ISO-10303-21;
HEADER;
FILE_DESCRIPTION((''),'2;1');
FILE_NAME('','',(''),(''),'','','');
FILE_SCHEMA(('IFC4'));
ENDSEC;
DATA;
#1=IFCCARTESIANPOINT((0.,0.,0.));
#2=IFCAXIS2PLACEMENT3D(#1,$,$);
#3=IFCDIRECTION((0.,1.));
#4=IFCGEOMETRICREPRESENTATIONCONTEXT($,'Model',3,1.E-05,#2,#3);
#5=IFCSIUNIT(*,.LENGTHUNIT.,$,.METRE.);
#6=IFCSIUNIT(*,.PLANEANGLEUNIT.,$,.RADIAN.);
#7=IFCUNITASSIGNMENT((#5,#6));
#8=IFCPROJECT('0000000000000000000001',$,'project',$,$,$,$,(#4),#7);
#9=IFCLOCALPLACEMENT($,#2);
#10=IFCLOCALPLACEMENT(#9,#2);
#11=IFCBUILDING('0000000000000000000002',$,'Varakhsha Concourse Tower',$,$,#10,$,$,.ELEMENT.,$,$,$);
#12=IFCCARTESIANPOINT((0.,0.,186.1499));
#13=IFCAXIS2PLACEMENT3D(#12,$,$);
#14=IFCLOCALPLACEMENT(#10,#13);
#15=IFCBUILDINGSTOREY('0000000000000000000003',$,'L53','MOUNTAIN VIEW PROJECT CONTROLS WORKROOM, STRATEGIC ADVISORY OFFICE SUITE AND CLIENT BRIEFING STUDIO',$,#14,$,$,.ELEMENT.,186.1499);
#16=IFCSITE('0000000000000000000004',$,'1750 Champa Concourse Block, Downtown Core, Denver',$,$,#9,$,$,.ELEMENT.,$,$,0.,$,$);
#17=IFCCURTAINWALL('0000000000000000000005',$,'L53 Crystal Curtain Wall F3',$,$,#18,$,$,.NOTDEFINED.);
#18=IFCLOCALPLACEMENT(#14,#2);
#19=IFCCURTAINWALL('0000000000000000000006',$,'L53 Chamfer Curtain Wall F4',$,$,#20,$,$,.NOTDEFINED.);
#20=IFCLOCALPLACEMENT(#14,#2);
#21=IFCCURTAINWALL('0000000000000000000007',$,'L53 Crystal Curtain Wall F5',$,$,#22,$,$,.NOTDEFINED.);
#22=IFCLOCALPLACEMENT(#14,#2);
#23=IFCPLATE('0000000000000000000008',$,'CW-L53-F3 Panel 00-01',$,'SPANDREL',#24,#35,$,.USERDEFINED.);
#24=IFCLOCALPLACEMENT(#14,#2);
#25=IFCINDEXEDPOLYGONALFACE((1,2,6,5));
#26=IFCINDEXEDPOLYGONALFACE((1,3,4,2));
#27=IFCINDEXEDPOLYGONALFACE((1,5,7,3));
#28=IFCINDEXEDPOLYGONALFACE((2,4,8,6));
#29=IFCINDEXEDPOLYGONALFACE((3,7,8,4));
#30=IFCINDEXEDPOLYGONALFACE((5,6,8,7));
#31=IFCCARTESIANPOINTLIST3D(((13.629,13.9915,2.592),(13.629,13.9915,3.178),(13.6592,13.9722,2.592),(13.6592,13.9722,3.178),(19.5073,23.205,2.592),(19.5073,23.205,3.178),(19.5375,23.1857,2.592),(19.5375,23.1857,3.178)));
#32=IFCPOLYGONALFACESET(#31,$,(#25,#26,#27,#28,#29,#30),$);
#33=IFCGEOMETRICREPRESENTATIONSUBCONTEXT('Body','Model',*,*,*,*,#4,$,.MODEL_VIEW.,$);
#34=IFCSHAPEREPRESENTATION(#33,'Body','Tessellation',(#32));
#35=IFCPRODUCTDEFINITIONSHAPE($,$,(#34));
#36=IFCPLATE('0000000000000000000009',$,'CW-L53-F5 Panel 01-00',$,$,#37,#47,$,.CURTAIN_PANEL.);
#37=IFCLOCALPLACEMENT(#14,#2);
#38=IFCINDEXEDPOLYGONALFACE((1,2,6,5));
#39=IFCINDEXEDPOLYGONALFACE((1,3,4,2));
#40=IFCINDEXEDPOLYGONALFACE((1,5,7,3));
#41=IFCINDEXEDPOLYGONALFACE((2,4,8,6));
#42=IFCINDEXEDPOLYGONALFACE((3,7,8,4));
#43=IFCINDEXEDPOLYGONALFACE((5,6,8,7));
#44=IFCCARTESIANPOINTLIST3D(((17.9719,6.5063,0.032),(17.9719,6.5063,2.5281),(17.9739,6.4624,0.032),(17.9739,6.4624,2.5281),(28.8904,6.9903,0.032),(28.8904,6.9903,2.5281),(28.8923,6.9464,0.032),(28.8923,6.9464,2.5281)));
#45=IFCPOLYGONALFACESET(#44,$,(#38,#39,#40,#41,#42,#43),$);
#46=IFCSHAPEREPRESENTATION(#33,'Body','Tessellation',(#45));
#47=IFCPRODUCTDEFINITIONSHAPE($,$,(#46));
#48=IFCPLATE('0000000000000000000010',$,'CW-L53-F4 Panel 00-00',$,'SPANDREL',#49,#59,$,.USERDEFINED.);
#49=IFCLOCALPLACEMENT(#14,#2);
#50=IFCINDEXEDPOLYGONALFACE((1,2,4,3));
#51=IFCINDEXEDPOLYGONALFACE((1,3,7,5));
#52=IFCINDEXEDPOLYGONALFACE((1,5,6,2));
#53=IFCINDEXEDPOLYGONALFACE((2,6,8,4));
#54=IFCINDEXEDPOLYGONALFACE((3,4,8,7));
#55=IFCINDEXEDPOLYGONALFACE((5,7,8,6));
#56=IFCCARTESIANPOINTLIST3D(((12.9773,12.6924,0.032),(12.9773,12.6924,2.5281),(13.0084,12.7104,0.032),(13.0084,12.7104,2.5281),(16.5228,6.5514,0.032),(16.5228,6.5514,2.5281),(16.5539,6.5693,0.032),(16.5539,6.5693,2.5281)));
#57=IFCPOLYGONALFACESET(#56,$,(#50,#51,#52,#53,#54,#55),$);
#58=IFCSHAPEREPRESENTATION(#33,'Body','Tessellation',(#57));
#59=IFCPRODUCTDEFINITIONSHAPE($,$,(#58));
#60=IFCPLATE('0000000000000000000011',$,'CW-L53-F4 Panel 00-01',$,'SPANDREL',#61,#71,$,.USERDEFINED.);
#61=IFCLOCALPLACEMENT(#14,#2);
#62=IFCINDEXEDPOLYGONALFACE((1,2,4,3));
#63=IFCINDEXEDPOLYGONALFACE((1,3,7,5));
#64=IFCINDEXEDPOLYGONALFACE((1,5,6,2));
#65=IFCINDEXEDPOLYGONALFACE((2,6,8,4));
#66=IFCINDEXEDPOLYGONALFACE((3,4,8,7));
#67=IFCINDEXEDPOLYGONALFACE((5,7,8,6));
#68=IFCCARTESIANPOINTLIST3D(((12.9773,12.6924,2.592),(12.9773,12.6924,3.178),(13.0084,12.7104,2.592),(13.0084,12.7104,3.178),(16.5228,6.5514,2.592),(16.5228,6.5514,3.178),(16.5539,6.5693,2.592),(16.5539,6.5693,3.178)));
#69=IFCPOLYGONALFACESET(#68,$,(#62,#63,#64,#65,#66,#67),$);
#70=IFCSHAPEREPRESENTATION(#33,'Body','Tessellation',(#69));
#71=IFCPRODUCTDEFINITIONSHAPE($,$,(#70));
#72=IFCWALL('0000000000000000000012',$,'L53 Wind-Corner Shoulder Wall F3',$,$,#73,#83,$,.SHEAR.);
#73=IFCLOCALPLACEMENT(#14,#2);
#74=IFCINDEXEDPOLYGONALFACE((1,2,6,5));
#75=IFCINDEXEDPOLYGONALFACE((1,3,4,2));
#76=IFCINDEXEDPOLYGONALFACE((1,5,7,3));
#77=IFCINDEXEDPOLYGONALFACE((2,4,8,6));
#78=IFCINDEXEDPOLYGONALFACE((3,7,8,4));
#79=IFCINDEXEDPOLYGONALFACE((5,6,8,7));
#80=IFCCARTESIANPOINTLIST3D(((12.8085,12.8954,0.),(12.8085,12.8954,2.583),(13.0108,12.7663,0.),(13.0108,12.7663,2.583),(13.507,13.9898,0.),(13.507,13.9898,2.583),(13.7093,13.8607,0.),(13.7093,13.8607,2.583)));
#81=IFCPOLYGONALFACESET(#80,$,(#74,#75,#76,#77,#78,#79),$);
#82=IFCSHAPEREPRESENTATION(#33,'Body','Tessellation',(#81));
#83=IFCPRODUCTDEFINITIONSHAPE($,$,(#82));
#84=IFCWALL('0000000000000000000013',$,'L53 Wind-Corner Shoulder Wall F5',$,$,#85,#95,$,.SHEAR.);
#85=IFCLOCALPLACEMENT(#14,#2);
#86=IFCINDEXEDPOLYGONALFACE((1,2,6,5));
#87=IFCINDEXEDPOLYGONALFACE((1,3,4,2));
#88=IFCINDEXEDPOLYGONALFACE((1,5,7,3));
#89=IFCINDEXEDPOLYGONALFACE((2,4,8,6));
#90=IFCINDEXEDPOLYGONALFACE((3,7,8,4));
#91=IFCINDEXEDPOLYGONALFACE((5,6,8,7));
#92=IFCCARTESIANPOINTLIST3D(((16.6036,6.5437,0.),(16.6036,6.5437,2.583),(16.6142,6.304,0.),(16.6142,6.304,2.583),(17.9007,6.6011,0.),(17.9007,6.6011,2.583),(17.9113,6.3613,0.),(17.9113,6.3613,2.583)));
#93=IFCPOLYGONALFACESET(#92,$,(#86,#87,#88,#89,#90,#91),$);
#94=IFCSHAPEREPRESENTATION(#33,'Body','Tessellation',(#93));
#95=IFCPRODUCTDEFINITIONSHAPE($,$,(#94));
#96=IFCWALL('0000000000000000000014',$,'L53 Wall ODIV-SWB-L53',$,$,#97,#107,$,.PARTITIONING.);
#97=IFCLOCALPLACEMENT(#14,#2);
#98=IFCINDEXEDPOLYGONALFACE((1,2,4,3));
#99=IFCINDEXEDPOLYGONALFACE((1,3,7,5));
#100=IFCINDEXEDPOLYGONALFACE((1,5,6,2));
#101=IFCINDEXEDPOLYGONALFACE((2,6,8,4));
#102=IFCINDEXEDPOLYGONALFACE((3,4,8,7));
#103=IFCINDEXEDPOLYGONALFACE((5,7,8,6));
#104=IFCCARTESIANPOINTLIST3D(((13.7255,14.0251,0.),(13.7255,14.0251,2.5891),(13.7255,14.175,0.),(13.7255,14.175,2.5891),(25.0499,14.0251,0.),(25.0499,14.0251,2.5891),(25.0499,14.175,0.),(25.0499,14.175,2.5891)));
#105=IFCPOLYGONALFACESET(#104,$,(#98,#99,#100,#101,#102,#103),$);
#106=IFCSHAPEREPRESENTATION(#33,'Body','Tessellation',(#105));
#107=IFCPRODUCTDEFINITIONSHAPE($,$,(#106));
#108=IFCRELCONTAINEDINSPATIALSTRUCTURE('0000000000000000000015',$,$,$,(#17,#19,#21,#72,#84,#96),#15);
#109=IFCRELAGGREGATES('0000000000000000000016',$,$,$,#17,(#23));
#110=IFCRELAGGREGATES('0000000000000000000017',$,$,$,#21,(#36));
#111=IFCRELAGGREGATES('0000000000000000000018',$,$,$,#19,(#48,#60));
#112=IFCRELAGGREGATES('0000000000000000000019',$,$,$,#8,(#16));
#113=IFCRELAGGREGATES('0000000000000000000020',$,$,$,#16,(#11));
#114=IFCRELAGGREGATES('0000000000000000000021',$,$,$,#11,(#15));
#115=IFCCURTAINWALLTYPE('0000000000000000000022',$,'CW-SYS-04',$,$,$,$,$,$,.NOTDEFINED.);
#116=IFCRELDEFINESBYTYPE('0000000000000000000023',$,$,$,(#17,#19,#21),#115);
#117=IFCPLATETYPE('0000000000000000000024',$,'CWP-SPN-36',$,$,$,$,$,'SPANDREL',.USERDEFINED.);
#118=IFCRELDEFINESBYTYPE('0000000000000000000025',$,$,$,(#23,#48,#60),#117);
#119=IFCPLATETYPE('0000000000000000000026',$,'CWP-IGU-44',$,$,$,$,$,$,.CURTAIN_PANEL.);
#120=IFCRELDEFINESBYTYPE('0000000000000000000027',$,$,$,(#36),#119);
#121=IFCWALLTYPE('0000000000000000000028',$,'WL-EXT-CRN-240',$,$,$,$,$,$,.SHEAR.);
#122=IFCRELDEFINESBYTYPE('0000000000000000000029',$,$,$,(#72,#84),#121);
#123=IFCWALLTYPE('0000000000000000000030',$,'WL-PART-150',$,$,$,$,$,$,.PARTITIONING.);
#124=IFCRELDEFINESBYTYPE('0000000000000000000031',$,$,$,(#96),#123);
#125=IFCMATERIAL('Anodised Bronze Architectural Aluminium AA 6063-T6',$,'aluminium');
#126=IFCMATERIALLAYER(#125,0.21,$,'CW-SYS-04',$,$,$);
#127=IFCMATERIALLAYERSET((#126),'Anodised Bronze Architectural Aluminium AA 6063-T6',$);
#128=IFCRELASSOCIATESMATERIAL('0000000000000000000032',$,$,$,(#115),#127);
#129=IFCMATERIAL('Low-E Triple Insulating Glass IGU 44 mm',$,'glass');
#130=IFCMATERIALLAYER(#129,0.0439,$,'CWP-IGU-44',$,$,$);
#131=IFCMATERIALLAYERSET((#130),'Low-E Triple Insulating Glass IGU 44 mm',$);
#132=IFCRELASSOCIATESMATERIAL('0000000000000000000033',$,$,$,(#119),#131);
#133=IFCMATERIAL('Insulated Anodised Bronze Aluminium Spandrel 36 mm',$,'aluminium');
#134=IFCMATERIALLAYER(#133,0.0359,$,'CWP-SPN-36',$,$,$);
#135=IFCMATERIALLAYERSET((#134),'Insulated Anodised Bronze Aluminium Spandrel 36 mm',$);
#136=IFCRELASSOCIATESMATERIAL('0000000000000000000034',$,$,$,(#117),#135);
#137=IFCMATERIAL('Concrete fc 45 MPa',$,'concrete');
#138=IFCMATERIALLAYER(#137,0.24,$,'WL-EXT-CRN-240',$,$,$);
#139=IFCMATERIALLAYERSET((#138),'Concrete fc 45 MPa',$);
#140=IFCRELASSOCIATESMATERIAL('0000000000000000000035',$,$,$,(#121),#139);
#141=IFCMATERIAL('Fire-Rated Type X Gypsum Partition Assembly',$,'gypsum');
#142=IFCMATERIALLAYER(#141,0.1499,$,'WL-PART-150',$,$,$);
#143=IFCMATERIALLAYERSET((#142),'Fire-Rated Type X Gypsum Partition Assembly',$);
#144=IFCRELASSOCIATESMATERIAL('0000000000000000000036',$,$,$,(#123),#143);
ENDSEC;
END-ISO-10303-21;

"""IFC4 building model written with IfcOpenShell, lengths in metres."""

from ifc_helpers import new_model, si_unit, direction, frame, frame_2d, origin, origin_2d, place, context, subcontext, project, spatial, rectangle, extrude, source, transform, mapped, material, layer, layer_set, type_object, type_shapes, element, aggregate, save


model = new_model("IFC4")

# Units and contexts
model_context = context("Model", 3, precision=1e-05, world=origin(), true_north=direction((0.0, 1.0)))
body_context = subcontext(model_context, "Body", "Model", "MODEL_VIEW")
ifc_project = project(units=[si_unit("LENGTHUNIT", "METRE"), si_unit("PLANEANGLEUNIT", "RADIAN")], contexts=[model_context])

# Site, building, storey
site_placement = place(None, origin())
site = spatial("IfcSite", under=ifc_project, at=site_placement, Name="1750 Champa Concourse Block, Downtown Core, Denver", CompositionType="ELEMENT", RefElevation=0.0)
building_placement = place(site_placement, origin())
building = spatial("IfcBuilding", under=site, at=building_placement, Name="Varakhsha Concourse Tower", CompositionType="ELEMENT")
storey_placement = place(building_placement, frame((0.0, 0.0, 186.1499)))
storey = spatial("IfcBuildingStorey", under=building, at=storey_placement, Name="L53", Description="MOUNTAIN VIEW PROJECT CONTROLS WORKROOM, STRATEGIC ADVISORY OFFICE SUITE AND CLIENT BRIEFING STUDIO", CompositionType="ELEMENT", Elevation=186.1499)

# Curtain wall
ifc_material_1 = material(Name="Anodised Bronze Architectural Aluminium AA 6063-T6", Category="aluminium")
ifc_layer_1 = layer(ifc_material_1, 0.21, Name="CW-SYS-04")
ifc_layer_set_1 = layer_set([ifc_layer_1], Name="Anodised Bronze Architectural Aluminium AA 6063-T6")
curtain_wall_type = type_object("IfcCurtainWallType", Name="CW-SYS-04", PredefinedType="NOTDEFINED", material=ifc_layer_set_1)
curtain_wall_1_placement = place(storey_placement, origin())
curtain_wall_1 = element("IfcCurtainWall", 1, at=curtain_wall_1_placement, inside=storey, type_object=curtain_wall_type, Name="L53 Crystal Curtain Wall F3", PredefinedType="NOTDEFINED")

# Curtain wall
curtain_wall_2_placement = place(storey_placement, origin())
curtain_wall_2 = element("IfcCurtainWall", 2, at=curtain_wall_2_placement, inside=storey, type_object=curtain_wall_type, Name="L53 Chamfer Curtain Wall F4", PredefinedType="NOTDEFINED")

# Curtain wall
curtain_wall_3_placement = place(storey_placement, origin())
curtain_wall_3 = element("IfcCurtainWall", 3, at=curtain_wall_3_placement, inside=storey, type_object=curtain_wall_type, Name="L53 Crystal Curtain Wall F5", PredefinedType="NOTDEFINED")

# Shared definitions
ifc_material_2 = material(Name="Concrete fc 45 MPa", Category="concrete")

# Plates
ifc_material_3 = material(Name="Low-E Triple Insulating Glass IGU 44 mm", Category="glass")
ifc_layer_2 = layer(ifc_material_3, 0.0439, Name="CWP-IGU-44")
ifc_layer_set_2 = layer_set([ifc_layer_2], Name="Low-E Triple Insulating Glass IGU 44 mm")
plate_type_1 = type_object("IfcPlateType", Name="CWP-IGU-44", PredefinedType="CURTAIN_PANEL", material=ifc_layer_set_2)
ifc_material_4 = material(Name="Insulated Anodised Bronze Aluminium Spandrel 36 mm", Category="aluminium")
ifc_layer_3 = layer(ifc_material_4, 0.0359, Name="CWP-SPN-36")
ifc_layer_set_3 = layer_set([ifc_layer_3], Name="Insulated Anodised Bronze Aluminium Spandrel 36 mm")
plate_type_2 = type_object("IfcPlateType", Name="CWP-SPN-36", ElementType="SPANDREL", PredefinedType="USERDEFINED", material=ifc_layer_set_3)
shared_shape_1 = source(origin(), body_context, "Body", "SweptSolid", [
    extrude(rectangle(XDim=10.929, YDim=0.0359, at=origin_2d()), origin(), (0.0, 0.0, 1.0), 0.5859),
])
plate_1_placement = place(storey_placement, frame((16.5833, 18.5886, 2.592), z_axis=(0.0, 0.0, 1.0), x_axis=(0.537863, 0.843032, 0.0)))
plate_1 = element("IfcPlate", 4, at=plate_1_placement, type_object=plate_type_2, Name="CW-L53-F3 Panel 00-01", ObjectType="SPANDREL", PredefinedType="USERDEFINED", context=body_context, shape_type="MappedRepresentation", body=[
    mapped(shared_shape_1, transform((0.0, 0.0, 0.0), scale=1.0)),
])
aggregate(curtain_wall_1, [plate_1])
shared_shape_2 = source(origin(), body_context, "Body", "SweptSolid", [
    extrude(rectangle(XDim=10.9292, YDim=0.0439, at=origin_2d()), origin(), (0.0, 0.0, 1.0), 2.4961),
])
plate_2_placement = place(storey_placement, frame((23.4321, 6.7263, 0.032), z_axis=(0.0, 0.0, 1.0), x_axis=(-0.999019, -0.044285, 0.0)))
plate_2 = element("IfcPlate", 5, at=plate_2_placement, type_object=plate_type_1, Name="CW-L53-F5 Panel 01-00", PredefinedType="CURTAIN_PANEL", context=body_context, shape_type="MappedRepresentation", body=[
    mapped(shared_shape_2, transform((0.0, 0.0, 0.0), scale=1.0)),
])
aggregate(curtain_wall_3, [plate_2])
shared_shape_3 = source(origin(), body_context, "Body", "SweptSolid", [
    extrude(rectangle(XDim=7.0911, YDim=0.0359, at=origin_2d()), origin(), (0.0, 0.0, 1.0), 2.4961),
])
plate_3_placement = place(storey_placement, frame((14.7656, 9.6309, 0.032), z_axis=(0.0, 0.0, 1.0), x_axis=(-0.499997, 0.866027, 0.0)))
plate_3 = element("IfcPlate", 6, at=plate_3_placement, type_object=plate_type_2, Name="CW-L53-F4 Panel 00-00", ObjectType="SPANDREL", PredefinedType="USERDEFINED", context=body_context, shape_type="MappedRepresentation", body=[
    mapped(shared_shape_3, transform((0.0, 0.0, 0.0), scale=1.0)),
])
shared_shape_4 = source(origin(), body_context, "Body", "SweptSolid", [
    extrude(rectangle(XDim=7.0911, YDim=0.0359, at=origin_2d()), origin(), (0.0, 0.0, 1.0), 0.5859),
])
type_shapes(plate_type_2, [shared_shape_1, shared_shape_3, shared_shape_4])
plate_4_placement = place(storey_placement, frame((14.7656, 9.6309, 2.592), z_axis=(0.0, 0.0, 1.0), x_axis=(-0.499997, 0.866027, 0.0)))
plate_4 = element("IfcPlate", 7, at=plate_4_placement, type_object=plate_type_2, Name="CW-L53-F4 Panel 00-01", ObjectType="SPANDREL", PredefinedType="USERDEFINED", context=body_context, shape_type="MappedRepresentation", body=[
    mapped(shared_shape_4, transform((0.0, 0.0, 0.0), scale=1.0)),
])
aggregate(curtain_wall_2, [plate_3, plate_4])

# Walls
ifc_layer_4 = layer(ifc_material_2, 0.24, Name="WL-EXT-CRN-240")
ifc_layer_set_4 = layer_set([ifc_layer_4], Name="Concrete fc 45 MPa")
wall_type_1 = type_object("IfcWallType", Name="WL-EXT-CRN-240", PredefinedType="SHEAR", material=ifc_layer_set_4)
for number, where, z_axis, x_axis, name in (
    (8, (13.6082, 13.9253, 0.0), (0.0, 0.0, 1.0), (-0.53797, -0.842964, 0.0), "L53 Wind-Corner Shoulder Wall F3"),
    (9, (16.6089, 6.4238, 0.0), (0.0, 0.0, 1.0), (0.999023, 0.044188, 0.0), "L53 Wind-Corner Shoulder Wall F5"),
):
    element("IfcWall", number, at=place(storey_placement, frame(where, z_axis=z_axis, x_axis=x_axis)), inside=storey, type_object=wall_type_1, Name=name, PredefinedType="SHEAR", context=body_context, shape_type="SweptSolid", body=[
        extrude(rectangle(XDim=1.2983, YDim=0.24, at=frame_2d((0.6492, 0.0))), origin(), (0.0, 0.0, 1.0), 2.583),
    ])
ifc_material_5 = material(Name="Fire-Rated Type X Gypsum Partition Assembly", Category="gypsum")
ifc_layer_5 = layer(ifc_material_5, 0.1499, Name="WL-PART-150")
ifc_layer_set_5 = layer_set([ifc_layer_5], Name="Fire-Rated Type X Gypsum Partition Assembly")
wall_type_2 = type_object("IfcWallType", Name="WL-PART-150", PredefinedType="PARTITIONING", material=ifc_layer_set_5)
wall_placement = place(storey_placement, frame((13.7256, 14.1001, 0.0), z_axis=(0.0, 0.0, 1.0), x_axis=(1.0, 0.0, 0.0)))
element("IfcWall", 10, at=wall_placement, inside=storey, type_object=wall_type_2, Name="L53 Wall ODIV-SWB-L53", PredefinedType="PARTITIONING", context=body_context, shape_type="SweptSolid", body=[
    extrude(rectangle(XDim=11.3245, YDim=0.1499, at=frame_2d((5.6621, 0.0))), origin(), (0.0, 0.0, 1.0), 2.5891),
])

save(model, "model.ifc")
